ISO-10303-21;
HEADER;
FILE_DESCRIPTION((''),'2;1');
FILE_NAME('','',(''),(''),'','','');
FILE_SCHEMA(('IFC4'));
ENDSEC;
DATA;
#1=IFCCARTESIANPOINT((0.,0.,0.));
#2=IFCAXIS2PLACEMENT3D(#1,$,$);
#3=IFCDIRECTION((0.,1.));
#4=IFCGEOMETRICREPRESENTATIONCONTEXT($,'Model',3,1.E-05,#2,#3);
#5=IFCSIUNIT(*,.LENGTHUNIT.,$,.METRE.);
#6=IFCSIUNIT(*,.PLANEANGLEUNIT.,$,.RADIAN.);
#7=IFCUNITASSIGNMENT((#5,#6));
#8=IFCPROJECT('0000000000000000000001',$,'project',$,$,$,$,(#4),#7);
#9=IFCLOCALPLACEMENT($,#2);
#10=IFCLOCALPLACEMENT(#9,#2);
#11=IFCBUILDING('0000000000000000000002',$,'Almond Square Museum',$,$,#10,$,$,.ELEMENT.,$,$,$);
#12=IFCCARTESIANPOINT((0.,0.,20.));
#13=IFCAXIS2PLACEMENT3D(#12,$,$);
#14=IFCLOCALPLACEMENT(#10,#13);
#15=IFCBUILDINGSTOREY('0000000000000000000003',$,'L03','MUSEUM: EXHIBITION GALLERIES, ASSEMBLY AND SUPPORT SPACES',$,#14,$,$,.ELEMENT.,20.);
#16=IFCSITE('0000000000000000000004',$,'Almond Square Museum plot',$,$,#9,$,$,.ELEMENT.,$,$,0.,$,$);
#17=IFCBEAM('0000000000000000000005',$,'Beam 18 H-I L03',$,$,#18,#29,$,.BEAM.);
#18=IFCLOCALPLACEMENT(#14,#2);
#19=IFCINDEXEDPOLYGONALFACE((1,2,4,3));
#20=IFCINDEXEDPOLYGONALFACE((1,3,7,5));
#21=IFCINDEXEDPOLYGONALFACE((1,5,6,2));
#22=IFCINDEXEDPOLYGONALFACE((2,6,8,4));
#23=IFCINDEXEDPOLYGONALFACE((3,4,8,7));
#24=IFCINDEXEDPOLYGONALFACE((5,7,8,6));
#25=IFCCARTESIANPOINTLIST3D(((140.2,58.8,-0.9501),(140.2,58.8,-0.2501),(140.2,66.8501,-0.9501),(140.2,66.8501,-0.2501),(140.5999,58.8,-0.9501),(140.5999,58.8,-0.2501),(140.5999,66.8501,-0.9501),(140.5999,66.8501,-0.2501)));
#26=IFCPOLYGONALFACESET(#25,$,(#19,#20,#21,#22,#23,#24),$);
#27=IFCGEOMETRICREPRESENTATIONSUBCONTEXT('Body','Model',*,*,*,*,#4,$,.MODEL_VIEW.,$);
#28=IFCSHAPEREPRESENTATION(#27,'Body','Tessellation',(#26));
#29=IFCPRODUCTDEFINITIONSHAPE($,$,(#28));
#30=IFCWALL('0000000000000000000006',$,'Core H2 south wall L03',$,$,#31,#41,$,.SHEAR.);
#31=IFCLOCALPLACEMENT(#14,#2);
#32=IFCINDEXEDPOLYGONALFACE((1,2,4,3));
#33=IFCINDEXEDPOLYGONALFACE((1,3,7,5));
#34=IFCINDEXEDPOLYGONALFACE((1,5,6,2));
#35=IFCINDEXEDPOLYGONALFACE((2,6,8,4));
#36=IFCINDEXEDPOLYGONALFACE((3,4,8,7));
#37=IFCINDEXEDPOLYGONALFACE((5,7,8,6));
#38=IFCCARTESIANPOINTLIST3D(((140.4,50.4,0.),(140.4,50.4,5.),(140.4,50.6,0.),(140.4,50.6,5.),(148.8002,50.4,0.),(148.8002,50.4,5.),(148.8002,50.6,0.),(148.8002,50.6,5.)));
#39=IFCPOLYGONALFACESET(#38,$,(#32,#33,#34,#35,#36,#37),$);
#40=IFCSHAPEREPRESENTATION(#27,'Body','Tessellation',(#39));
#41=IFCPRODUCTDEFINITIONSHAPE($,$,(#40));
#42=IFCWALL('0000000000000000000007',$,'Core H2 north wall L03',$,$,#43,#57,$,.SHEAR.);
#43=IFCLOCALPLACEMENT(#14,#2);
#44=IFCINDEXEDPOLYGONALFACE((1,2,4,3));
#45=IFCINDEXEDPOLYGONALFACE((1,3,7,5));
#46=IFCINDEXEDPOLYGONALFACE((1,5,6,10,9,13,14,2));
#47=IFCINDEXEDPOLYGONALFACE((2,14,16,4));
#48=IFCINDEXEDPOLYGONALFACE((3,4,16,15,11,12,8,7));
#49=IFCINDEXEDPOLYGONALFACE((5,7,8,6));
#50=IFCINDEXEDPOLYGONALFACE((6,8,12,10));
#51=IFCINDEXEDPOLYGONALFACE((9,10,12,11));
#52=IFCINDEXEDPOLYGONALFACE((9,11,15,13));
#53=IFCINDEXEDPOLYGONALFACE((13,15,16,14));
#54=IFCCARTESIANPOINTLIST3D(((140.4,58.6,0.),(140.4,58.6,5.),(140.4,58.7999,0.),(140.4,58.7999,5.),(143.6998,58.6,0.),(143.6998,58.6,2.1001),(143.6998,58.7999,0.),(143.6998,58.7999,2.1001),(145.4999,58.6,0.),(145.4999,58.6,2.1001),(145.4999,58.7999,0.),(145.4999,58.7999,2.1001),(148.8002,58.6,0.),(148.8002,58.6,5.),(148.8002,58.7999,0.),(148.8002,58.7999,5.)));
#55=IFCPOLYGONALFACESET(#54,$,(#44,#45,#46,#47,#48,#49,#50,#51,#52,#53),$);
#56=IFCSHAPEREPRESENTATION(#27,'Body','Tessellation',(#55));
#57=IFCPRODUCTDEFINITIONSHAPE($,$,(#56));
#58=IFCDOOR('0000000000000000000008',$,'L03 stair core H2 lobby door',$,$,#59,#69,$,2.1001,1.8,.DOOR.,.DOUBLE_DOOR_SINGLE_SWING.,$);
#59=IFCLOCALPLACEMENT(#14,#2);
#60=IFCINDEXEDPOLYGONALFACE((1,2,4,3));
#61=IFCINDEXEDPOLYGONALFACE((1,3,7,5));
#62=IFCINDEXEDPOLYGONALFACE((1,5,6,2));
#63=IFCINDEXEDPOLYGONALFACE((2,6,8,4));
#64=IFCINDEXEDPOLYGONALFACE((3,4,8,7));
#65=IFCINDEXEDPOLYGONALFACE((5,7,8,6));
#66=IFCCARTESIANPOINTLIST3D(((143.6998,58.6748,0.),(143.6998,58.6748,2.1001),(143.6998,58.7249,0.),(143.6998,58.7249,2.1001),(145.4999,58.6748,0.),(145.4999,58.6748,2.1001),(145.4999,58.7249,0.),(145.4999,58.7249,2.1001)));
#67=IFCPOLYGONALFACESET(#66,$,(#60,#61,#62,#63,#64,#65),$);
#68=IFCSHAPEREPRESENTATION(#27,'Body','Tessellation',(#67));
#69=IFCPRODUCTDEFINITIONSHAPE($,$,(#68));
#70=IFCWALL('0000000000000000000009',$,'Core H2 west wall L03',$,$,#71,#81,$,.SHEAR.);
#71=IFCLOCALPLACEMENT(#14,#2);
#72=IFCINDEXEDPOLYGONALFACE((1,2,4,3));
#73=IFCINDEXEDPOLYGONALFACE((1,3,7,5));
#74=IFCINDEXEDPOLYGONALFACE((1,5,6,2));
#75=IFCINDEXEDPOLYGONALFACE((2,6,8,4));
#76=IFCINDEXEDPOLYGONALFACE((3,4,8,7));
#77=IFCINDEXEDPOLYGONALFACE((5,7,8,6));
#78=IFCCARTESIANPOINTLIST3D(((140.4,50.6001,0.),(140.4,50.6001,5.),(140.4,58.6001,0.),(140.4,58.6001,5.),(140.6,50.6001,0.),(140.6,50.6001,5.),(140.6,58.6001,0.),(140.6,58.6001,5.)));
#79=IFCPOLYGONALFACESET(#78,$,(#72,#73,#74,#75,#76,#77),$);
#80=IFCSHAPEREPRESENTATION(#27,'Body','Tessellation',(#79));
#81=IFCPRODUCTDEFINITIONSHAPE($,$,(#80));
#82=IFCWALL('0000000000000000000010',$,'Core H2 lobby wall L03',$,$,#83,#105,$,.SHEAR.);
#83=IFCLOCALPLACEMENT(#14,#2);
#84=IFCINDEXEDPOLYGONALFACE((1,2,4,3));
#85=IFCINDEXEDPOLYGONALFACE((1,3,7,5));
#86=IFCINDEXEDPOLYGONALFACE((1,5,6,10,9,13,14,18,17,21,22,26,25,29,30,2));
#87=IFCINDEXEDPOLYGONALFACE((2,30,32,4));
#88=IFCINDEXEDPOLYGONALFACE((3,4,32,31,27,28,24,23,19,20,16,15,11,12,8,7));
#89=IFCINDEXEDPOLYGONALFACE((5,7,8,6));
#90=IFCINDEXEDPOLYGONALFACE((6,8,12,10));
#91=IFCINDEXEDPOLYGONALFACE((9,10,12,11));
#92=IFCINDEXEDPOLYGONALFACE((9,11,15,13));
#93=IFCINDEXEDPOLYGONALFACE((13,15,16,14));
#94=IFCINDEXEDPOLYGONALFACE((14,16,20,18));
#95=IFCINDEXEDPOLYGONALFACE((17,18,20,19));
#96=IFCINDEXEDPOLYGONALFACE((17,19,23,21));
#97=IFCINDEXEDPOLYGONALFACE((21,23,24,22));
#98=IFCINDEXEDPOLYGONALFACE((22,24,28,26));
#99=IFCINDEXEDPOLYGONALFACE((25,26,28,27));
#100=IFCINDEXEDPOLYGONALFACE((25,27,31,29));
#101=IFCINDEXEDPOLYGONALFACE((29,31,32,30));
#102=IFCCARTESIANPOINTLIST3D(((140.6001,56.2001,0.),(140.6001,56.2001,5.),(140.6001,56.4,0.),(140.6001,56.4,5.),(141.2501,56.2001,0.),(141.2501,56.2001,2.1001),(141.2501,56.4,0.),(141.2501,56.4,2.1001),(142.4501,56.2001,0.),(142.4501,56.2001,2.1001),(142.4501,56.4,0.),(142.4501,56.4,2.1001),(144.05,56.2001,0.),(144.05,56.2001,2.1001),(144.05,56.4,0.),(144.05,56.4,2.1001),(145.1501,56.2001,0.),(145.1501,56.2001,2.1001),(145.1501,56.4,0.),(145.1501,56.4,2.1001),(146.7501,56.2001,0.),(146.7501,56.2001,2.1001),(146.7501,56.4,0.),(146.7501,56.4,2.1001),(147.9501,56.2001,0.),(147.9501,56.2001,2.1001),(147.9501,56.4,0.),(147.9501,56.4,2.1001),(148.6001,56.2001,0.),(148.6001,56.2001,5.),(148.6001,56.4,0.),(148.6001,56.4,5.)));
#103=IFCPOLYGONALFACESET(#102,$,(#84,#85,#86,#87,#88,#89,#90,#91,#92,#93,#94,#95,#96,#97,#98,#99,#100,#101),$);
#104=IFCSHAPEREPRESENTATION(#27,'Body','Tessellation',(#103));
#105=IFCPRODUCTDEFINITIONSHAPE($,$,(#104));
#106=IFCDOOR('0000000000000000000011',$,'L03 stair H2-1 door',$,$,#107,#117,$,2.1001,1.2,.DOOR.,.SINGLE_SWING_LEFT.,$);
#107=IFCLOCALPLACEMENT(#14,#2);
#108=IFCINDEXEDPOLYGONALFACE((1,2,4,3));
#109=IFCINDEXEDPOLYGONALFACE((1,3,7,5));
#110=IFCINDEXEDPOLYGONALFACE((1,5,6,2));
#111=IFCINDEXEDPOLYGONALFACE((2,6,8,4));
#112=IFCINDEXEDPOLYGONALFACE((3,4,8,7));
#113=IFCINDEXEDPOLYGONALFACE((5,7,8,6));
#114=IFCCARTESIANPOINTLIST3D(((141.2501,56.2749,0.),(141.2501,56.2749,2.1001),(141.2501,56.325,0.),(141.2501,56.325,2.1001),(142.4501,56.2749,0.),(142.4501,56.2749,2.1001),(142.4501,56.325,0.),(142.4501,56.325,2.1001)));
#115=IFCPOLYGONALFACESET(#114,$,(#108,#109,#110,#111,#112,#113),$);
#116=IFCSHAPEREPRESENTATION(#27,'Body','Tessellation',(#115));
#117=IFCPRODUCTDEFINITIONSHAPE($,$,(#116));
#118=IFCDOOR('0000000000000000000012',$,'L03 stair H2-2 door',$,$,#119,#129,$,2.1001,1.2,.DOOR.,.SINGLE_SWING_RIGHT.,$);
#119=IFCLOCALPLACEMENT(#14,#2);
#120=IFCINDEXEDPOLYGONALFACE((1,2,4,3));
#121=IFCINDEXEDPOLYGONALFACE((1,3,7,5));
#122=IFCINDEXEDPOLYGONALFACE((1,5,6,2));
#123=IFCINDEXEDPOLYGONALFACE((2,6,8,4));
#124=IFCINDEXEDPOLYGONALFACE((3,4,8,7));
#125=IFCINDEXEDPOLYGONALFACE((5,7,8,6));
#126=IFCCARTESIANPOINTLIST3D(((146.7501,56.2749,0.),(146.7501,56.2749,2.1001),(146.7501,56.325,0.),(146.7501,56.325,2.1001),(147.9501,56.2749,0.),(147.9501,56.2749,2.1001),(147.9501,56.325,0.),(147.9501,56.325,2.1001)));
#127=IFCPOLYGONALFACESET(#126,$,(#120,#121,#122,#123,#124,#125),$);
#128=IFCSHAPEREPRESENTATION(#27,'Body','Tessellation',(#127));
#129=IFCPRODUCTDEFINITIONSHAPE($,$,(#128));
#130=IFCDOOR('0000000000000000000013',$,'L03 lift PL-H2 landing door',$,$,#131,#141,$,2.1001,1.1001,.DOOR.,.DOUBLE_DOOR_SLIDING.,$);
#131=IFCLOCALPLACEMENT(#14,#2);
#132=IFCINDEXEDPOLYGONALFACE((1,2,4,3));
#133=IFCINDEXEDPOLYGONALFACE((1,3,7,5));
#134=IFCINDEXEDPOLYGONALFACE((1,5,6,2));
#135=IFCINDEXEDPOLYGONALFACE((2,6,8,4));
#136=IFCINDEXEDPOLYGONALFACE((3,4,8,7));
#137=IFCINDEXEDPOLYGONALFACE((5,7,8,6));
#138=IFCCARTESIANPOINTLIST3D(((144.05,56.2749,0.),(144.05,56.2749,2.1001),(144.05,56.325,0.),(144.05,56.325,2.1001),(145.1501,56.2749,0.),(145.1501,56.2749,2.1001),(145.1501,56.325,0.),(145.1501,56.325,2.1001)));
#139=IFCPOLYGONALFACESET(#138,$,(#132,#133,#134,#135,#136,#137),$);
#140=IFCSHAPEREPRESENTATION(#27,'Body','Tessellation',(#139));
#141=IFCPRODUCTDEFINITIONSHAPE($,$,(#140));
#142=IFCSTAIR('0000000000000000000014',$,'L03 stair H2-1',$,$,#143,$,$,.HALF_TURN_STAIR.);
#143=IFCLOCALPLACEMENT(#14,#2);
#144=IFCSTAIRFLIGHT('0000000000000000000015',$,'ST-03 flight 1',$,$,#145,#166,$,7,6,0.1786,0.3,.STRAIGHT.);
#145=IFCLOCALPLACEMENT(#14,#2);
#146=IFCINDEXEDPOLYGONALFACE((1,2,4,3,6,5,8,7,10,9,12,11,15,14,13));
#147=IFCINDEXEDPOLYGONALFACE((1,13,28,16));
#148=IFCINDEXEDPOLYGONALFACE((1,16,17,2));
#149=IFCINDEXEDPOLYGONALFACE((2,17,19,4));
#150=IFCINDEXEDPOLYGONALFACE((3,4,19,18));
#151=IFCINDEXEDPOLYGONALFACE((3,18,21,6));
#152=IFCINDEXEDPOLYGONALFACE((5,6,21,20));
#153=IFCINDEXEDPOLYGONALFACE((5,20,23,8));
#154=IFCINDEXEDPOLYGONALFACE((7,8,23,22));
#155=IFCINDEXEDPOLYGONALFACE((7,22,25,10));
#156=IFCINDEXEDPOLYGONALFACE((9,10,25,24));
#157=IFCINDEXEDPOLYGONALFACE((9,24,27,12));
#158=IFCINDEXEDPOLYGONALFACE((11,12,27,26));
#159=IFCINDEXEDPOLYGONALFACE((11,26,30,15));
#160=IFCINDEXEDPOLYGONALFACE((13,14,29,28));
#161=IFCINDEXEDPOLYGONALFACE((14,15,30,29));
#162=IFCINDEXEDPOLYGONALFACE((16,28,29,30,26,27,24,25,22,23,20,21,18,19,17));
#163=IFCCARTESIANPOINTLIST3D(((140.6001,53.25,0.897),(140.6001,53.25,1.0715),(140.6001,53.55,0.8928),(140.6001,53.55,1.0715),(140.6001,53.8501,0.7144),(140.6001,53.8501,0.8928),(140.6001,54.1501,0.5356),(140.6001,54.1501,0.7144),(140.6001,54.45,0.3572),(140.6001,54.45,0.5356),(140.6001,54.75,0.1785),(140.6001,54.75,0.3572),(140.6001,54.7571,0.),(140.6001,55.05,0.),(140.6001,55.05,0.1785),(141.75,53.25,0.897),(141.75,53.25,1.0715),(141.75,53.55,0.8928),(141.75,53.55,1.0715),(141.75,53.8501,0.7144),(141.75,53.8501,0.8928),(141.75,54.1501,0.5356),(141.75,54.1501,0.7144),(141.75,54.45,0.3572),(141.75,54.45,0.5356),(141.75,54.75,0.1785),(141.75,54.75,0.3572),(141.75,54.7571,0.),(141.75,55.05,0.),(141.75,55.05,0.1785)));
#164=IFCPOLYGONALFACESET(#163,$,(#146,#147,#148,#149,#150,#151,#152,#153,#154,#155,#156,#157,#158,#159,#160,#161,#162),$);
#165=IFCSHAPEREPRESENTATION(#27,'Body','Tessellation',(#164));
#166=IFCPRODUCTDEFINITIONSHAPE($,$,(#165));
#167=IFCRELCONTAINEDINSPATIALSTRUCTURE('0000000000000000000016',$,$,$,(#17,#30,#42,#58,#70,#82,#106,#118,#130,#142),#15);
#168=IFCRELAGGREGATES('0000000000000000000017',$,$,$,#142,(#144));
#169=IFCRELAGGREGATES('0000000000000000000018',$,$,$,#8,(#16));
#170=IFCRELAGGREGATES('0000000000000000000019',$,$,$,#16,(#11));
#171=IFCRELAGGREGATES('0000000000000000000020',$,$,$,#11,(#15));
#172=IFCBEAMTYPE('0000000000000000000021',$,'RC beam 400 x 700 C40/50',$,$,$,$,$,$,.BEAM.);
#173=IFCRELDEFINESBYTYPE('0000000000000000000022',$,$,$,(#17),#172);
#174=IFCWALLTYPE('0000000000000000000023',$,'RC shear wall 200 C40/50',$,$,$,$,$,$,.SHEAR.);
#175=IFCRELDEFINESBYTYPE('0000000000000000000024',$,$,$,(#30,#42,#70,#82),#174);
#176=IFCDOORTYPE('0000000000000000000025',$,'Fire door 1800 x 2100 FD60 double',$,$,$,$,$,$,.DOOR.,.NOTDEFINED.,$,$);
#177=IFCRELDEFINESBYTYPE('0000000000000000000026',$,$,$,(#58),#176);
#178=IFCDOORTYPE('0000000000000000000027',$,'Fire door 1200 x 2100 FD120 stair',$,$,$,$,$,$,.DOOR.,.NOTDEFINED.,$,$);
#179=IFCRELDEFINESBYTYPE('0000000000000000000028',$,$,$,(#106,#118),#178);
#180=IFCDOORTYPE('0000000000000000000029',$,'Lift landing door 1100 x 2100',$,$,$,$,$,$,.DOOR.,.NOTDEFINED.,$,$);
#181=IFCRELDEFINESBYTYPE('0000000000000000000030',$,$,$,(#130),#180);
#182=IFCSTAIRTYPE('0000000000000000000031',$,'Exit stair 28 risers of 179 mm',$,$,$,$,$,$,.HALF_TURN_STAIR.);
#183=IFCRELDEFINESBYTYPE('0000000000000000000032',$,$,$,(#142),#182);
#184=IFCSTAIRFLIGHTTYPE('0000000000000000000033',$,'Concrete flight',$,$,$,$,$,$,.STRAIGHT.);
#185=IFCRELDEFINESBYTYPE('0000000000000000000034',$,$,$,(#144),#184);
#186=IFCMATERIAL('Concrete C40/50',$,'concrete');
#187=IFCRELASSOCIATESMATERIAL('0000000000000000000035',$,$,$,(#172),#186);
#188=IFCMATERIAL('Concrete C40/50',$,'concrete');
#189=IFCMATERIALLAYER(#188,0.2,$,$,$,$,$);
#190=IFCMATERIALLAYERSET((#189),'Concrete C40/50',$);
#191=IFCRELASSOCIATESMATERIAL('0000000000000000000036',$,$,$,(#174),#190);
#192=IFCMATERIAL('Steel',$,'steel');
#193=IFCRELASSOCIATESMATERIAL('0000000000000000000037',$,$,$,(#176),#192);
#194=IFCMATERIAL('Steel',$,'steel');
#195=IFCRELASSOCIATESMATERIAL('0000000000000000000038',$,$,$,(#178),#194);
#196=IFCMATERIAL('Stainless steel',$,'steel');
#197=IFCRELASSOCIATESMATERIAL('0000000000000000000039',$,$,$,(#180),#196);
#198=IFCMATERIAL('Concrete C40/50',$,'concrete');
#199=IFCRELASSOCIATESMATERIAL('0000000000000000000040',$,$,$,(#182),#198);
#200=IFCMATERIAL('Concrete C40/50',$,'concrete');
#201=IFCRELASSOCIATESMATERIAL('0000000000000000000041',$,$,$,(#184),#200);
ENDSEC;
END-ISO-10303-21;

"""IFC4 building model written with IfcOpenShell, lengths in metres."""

from ifc_helpers import new_model, si_unit, direction, frame, frame_2d, origin, origin_2d, place, context, subcontext, project, spatial, polyline, rectangle, outline, extrude, material, layer, layer_set, material_profile, profile_set, type_object, element, fill, aggregate, save


model = new_model("IFC4")

# Units and contexts
model_context = context("Model", 3, precision=1e-05, world=origin(), true_north=direction((0.0, 1.0)))
body_context = subcontext(model_context, "Body", "Model", "MODEL_VIEW")
ifc_project = project(units=[si_unit("LENGTHUNIT", "METRE"), si_unit("PLANEANGLEUNIT", "RADIAN")], contexts=[model_context])

# Site, building, storey
site_placement = place(None, origin())
site = spatial("IfcSite", under=ifc_project, at=site_placement, Name="Almond Square Museum plot", CompositionType="ELEMENT", RefElevation=0.0)
building_placement = place(site_placement, origin())
building = spatial("IfcBuilding", under=site, at=building_placement, Name="Almond Square Museum", CompositionType="ELEMENT")
storey_placement = place(building_placement, frame((0.0, 0.0, 20.0)))
storey = spatial("IfcBuildingStorey", under=building, at=storey_placement, Name="L03", Description="MUSEUM: EXHIBITION GALLERIES, ASSEMBLY AND SUPPORT SPACES", CompositionType="ELEMENT", Elevation=20.0)

# Beam
ifc_material_1 = material(Name="Concrete C40/50", Category="concrete")
ifc_material_profile = material_profile(ifc_material_1, rectangle(XDim=0.3999, YDim=0.7, at=origin_2d()))
ifc_profile_set = profile_set([ifc_material_profile], Name="Concrete C40/50")
beam_type = type_object("IfcBeamType", Name="RC beam 400 x 700 C40/50", PredefinedType="BEAM", material=ifc_profile_set)
beam_placement = place(storey_placement, frame((140.3999, 58.8, -0.6001), z_axis=(0.0, 1.0, 0.0), x_axis=(-1.0, 0.0, 0.0)))
element("IfcBeam", 1, at=beam_placement, inside=storey, type_object=beam_type, Name="Beam 18 H-I L03", PredefinedType="BEAM", context=body_context, shape_type="SweptSolid", body=[
    extrude(rectangle(XDim=0.3999, YDim=0.7, at=origin_2d()), origin(), (0.0, 0.0, 1.0), 8.05),
])

# Wall
ifc_material_2 = material(Name="Concrete C40/50", Category="concrete")
ifc_layer = layer(ifc_material_2, 0.2)
ifc_layer_set = layer_set([ifc_layer], Name="Concrete C40/50")
wall_type = type_object("IfcWallType", Name="RC shear wall 200 C40/50", PredefinedType="SHEAR", material=ifc_layer_set)
wall_1_placement = place(storey_placement, frame((140.3999, 50.5, 0.0), z_axis=(0.0, 0.0, 1.0), x_axis=(1.0, 0.0, 0.0)))
element("IfcWall", 2, at=wall_1_placement, inside=storey, type_object=wall_type, Name="Core H2 south wall L03", PredefinedType="SHEAR", context=body_context, shape_type="SweptSolid", body=[
    extrude(rectangle(XDim=8.4001, YDim=0.2, at=frame_2d((4.2002, 0.0))), origin(), (0.0, 0.0, 1.0), 5.0),
])

# Wall, opening, door
wall_2_placement = place(storey_placement, frame((140.3999, 58.7, 0.0), z_axis=(0.0, 0.0, 1.0), x_axis=(1.0, 0.0, 0.0)))
wall_2 = element("IfcWall", 3, at=wall_2_placement, inside=storey, type_object=wall_type, Name="Core H2 north wall L03", PredefinedType="SHEAR", context=body_context, shape_type="SweptSolid", body=[
    extrude(rectangle(XDim=8.4001, YDim=0.2, at=frame_2d((4.2002, 0.0))), origin(), (0.0, 0.0, 1.0), 5.0),
])
opening_1_placement = place(wall_2_placement, frame((3.3, 0.0, 0.0)))
opening_1 = element("IfcOpeningElement", 4, at=opening_1_placement, cuts=wall_2, PredefinedType="OPENING", context=body_context, shape_type="SweptSolid", body=[
    extrude(rectangle(XDim=1.8, YDim=2.1001, at=frame_2d((0.8999, 1.05))), frame((0.0, 0.1099, 0.0), z_axis=(0.0, -1.0, 0.0), x_axis=(1.0, 0.0, 0.0)), (0.0, 0.0, 1.0), 0.22),
])
ifc_material_3 = material(Name="Steel", Category="steel")
door_type_1 = type_object("IfcDoorType", Name="Fire door 1800 x 2100 FD60 double", OperationType="NOTDEFINED", PredefinedType="DOOR", material=ifc_material_3)
door_1_placement = place(opening_1_placement, origin())
door_1 = element("IfcDoor", 5, at=door_1_placement, inside=storey, type_object=door_type_1, Name="L03 stair core H2 lobby door", OperationType="DOUBLE_DOOR_SINGLE_SWING", OverallHeight=2.1001, OverallWidth=1.8, PredefinedType="DOOR", context=body_context, shape_type="SweptSolid", body=[
    extrude(rectangle(XDim=1.8, YDim=2.1001, at=frame_2d((0.8999, 1.05))), frame((0.0, 0.0249, 0.0), z_axis=(0.0, -1.0, 0.0), x_axis=(1.0, 0.0, 0.0)), (0.0, 0.0, 1.0), 0.05),
])
fill(opening_1, door_1)

# Wall
wall_3_placement = place(storey_placement, frame((140.5, 50.6001, 0.0), z_axis=(0.0, 0.0, 1.0), x_axis=(0.0, 1.0, 0.0)))
element("IfcWall", 6, at=wall_3_placement, inside=storey, type_object=wall_type, Name="Core H2 west wall L03", PredefinedType="SHEAR", context=body_context, shape_type="SweptSolid", body=[
    extrude(rectangle(XDim=8.0, YDim=0.2, at=frame_2d((4.0, 0.0))), origin(), (0.0, 0.0, 1.0), 5.0),
])

# Wall, openings, doors
wall_4_placement = place(storey_placement, frame((140.6001, 56.3, 0.0), z_axis=(0.0, 0.0, 1.0), x_axis=(1.0, 0.0, 0.0)))
wall_4 = element("IfcWall", 7, at=wall_4_placement, inside=storey, type_object=wall_type, Name="Core H2 lobby wall L03", PredefinedType="SHEAR", context=body_context, shape_type="SweptSolid", body=[
    extrude(rectangle(XDim=8.0, YDim=0.2, at=frame_2d((4.0, 0.0))), origin(), (0.0, 0.0, 1.0), 5.0),
])
opening_2_placement = place(wall_4_placement, frame((0.6499, 0.0, 0.0)))
opening_2 = element("IfcOpeningElement", 8, at=opening_2_placement, cuts=wall_4, PredefinedType="OPENING", context=body_context, shape_type="SweptSolid", body=[
    extrude(rectangle(XDim=1.2, YDim=2.1001, at=frame_2d((0.6001, 1.05))), frame((0.0, 0.1099, 0.0), z_axis=(0.0, -1.0, 0.0), x_axis=(1.0, 0.0, 0.0)), (0.0, 0.0, 1.0), 0.22),
])
opening_3_placement = place(wall_4_placement, frame((6.1499, 0.0, 0.0)))
opening_3 = element("IfcOpeningElement", 9, at=opening_3_placement, cuts=wall_4, PredefinedType="OPENING", context=body_context, shape_type="SweptSolid", body=[
    extrude(rectangle(XDim=1.2, YDim=2.1001, at=frame_2d((0.6001, 1.05))), frame((0.0, 0.1099, 0.0), z_axis=(0.0, -1.0, 0.0), x_axis=(1.0, 0.0, 0.0)), (0.0, 0.0, 1.0), 0.22),
])
opening_4_placement = place(wall_4_placement, frame((3.45, 0.0, 0.0)))
opening_4 = element("IfcOpeningElement", 10, at=opening_4_placement, cuts=wall_4, PredefinedType="OPENING", context=body_context, shape_type="SweptSolid", body=[
    extrude(rectangle(XDim=1.1001, YDim=2.1001, at=frame_2d((0.55, 1.05))), frame((0.0, 0.1099, 0.0), z_axis=(0.0, -1.0, 0.0), x_axis=(1.0, 0.0, 0.0)), (0.0, 0.0, 1.0), 0.22),
])
ifc_material_4 = material(Name="Steel", Category="steel")
door_type_2 = type_object("IfcDoorType", Name="Fire door 1200 x 2100 FD120 stair", OperationType="NOTDEFINED", PredefinedType="DOOR", material=ifc_material_4)
door_2_placement = place(opening_2_placement, origin())
door_2 = element("IfcDoor", 11, at=door_2_placement, inside=storey, type_object=door_type_2, Name="L03 stair H2-1 door", OperationType="SINGLE_SWING_LEFT", OverallHeight=2.1001, OverallWidth=1.2, PredefinedType="DOOR", context=body_context, shape_type="SweptSolid", body=[
    extrude(rectangle(XDim=1.2, YDim=2.1001, at=frame_2d((0.6001, 1.05))), frame((0.0, 0.0249, 0.0), z_axis=(0.0, -1.0, 0.0), x_axis=(1.0, 0.0, 0.0)), (0.0, 0.0, 1.0), 0.05),
])
fill(opening_2, door_2)
door_3_placement = place(opening_3_placement, origin())
door_3 = element("IfcDoor", 12, at=door_3_placement, inside=storey, type_object=door_type_2, Name="L03 stair H2-2 door", OperationType="SINGLE_SWING_RIGHT", OverallHeight=2.1001, OverallWidth=1.2, PredefinedType="DOOR", context=body_context, shape_type="SweptSolid", body=[
    extrude(rectangle(XDim=1.2, YDim=2.1001, at=frame_2d((0.6001, 1.05))), frame((0.0, 0.0249, 0.0), z_axis=(0.0, -1.0, 0.0), x_axis=(1.0, 0.0, 0.0)), (0.0, 0.0, 1.0), 0.05),
])
fill(opening_3, door_3)
ifc_material_5 = material(Name="Stainless steel", Category="steel")
door_type_3 = type_object("IfcDoorType", Name="Lift landing door 1100 x 2100", OperationType="NOTDEFINED", PredefinedType="DOOR", material=ifc_material_5)
door_4_placement = place(opening_4_placement, origin())
door_4 = element("IfcDoor", 13, at=door_4_placement, inside=storey, type_object=door_type_3, Name="L03 lift PL-H2 landing door", OperationType="DOUBLE_DOOR_SLIDING", OverallHeight=2.1001, OverallWidth=1.1001, PredefinedType="DOOR", context=body_context, shape_type="SweptSolid", body=[
    extrude(rectangle(XDim=1.1001, YDim=2.1001, at=frame_2d((0.55, 1.05))), frame((0.0, 0.0249, 0.0), z_axis=(0.0, -1.0, 0.0), x_axis=(1.0, 0.0, 0.0)), (0.0, 0.0, 1.0), 0.05),
])
fill(opening_4, door_4)

# Stair, stair flight
ifc_material_6 = material(Name="Concrete C40/50", Category="concrete")
stair_type = type_object("IfcStairType", Name="Exit stair 28 risers of 179 mm", PredefinedType="HALF_TURN_STAIR", material=ifc_material_6)
stair_placement = place(storey_placement, origin())
stair = element("IfcStair", 14, at=stair_placement, inside=storey, type_object=stair_type, Name="L03 stair H2-1", PredefinedType="HALF_TURN_STAIR")
ifc_material_7 = material(Name="Concrete C40/50", Category="concrete")
stair_flight_type = type_object("IfcStairFlightType", Name="Concrete flight", PredefinedType="STRAIGHT", material=ifc_material_7)
stair_flight_1_placement = place(storey_placement, frame((141.175, 55.05, 0.0), z_axis=(0.0, 0.0, 1.0), x_axis=(0.0, -1.0, 0.0)))
stair_flight_1 = element("IfcStairFlight", 15, at=stair_flight_1_placement, type_object=stair_flight_type, Name="ST-03 flight 1", NumberOfRisers=7, NumberOfTreads=6, PredefinedType="STRAIGHT", RiserHeight=0.1786, TreadLength=0.3, context=body_context, shape_type="SweptSolid", body=[
    extrude(outline(polyline([(0.0, 0.0), (0.0, 0.1785), (0.3, 0.1785), (0.3, 0.3572), (0.6001, 0.3572), (0.6001, 0.5356), (0.8999, 0.5356), (0.8999, 0.7144), (1.2, 0.7144), (1.2, 0.8928), (1.5, 0.8928), (1.5, 1.0715), (1.8, 1.0715), (1.8, 1.25), (1.8, 0.897), (0.293, 0.0), (0.0, 0.0)])), frame((0.0, 0.575, 0.0), z_axis=(0.0, -1.0, 0.0), x_axis=(1.0, 0.0, 0.0)), (0.0, 0.0, 1.0), 1.1499),
])
aggregate(stair, [stair_flight_1])

save(model, "model.ifc")
